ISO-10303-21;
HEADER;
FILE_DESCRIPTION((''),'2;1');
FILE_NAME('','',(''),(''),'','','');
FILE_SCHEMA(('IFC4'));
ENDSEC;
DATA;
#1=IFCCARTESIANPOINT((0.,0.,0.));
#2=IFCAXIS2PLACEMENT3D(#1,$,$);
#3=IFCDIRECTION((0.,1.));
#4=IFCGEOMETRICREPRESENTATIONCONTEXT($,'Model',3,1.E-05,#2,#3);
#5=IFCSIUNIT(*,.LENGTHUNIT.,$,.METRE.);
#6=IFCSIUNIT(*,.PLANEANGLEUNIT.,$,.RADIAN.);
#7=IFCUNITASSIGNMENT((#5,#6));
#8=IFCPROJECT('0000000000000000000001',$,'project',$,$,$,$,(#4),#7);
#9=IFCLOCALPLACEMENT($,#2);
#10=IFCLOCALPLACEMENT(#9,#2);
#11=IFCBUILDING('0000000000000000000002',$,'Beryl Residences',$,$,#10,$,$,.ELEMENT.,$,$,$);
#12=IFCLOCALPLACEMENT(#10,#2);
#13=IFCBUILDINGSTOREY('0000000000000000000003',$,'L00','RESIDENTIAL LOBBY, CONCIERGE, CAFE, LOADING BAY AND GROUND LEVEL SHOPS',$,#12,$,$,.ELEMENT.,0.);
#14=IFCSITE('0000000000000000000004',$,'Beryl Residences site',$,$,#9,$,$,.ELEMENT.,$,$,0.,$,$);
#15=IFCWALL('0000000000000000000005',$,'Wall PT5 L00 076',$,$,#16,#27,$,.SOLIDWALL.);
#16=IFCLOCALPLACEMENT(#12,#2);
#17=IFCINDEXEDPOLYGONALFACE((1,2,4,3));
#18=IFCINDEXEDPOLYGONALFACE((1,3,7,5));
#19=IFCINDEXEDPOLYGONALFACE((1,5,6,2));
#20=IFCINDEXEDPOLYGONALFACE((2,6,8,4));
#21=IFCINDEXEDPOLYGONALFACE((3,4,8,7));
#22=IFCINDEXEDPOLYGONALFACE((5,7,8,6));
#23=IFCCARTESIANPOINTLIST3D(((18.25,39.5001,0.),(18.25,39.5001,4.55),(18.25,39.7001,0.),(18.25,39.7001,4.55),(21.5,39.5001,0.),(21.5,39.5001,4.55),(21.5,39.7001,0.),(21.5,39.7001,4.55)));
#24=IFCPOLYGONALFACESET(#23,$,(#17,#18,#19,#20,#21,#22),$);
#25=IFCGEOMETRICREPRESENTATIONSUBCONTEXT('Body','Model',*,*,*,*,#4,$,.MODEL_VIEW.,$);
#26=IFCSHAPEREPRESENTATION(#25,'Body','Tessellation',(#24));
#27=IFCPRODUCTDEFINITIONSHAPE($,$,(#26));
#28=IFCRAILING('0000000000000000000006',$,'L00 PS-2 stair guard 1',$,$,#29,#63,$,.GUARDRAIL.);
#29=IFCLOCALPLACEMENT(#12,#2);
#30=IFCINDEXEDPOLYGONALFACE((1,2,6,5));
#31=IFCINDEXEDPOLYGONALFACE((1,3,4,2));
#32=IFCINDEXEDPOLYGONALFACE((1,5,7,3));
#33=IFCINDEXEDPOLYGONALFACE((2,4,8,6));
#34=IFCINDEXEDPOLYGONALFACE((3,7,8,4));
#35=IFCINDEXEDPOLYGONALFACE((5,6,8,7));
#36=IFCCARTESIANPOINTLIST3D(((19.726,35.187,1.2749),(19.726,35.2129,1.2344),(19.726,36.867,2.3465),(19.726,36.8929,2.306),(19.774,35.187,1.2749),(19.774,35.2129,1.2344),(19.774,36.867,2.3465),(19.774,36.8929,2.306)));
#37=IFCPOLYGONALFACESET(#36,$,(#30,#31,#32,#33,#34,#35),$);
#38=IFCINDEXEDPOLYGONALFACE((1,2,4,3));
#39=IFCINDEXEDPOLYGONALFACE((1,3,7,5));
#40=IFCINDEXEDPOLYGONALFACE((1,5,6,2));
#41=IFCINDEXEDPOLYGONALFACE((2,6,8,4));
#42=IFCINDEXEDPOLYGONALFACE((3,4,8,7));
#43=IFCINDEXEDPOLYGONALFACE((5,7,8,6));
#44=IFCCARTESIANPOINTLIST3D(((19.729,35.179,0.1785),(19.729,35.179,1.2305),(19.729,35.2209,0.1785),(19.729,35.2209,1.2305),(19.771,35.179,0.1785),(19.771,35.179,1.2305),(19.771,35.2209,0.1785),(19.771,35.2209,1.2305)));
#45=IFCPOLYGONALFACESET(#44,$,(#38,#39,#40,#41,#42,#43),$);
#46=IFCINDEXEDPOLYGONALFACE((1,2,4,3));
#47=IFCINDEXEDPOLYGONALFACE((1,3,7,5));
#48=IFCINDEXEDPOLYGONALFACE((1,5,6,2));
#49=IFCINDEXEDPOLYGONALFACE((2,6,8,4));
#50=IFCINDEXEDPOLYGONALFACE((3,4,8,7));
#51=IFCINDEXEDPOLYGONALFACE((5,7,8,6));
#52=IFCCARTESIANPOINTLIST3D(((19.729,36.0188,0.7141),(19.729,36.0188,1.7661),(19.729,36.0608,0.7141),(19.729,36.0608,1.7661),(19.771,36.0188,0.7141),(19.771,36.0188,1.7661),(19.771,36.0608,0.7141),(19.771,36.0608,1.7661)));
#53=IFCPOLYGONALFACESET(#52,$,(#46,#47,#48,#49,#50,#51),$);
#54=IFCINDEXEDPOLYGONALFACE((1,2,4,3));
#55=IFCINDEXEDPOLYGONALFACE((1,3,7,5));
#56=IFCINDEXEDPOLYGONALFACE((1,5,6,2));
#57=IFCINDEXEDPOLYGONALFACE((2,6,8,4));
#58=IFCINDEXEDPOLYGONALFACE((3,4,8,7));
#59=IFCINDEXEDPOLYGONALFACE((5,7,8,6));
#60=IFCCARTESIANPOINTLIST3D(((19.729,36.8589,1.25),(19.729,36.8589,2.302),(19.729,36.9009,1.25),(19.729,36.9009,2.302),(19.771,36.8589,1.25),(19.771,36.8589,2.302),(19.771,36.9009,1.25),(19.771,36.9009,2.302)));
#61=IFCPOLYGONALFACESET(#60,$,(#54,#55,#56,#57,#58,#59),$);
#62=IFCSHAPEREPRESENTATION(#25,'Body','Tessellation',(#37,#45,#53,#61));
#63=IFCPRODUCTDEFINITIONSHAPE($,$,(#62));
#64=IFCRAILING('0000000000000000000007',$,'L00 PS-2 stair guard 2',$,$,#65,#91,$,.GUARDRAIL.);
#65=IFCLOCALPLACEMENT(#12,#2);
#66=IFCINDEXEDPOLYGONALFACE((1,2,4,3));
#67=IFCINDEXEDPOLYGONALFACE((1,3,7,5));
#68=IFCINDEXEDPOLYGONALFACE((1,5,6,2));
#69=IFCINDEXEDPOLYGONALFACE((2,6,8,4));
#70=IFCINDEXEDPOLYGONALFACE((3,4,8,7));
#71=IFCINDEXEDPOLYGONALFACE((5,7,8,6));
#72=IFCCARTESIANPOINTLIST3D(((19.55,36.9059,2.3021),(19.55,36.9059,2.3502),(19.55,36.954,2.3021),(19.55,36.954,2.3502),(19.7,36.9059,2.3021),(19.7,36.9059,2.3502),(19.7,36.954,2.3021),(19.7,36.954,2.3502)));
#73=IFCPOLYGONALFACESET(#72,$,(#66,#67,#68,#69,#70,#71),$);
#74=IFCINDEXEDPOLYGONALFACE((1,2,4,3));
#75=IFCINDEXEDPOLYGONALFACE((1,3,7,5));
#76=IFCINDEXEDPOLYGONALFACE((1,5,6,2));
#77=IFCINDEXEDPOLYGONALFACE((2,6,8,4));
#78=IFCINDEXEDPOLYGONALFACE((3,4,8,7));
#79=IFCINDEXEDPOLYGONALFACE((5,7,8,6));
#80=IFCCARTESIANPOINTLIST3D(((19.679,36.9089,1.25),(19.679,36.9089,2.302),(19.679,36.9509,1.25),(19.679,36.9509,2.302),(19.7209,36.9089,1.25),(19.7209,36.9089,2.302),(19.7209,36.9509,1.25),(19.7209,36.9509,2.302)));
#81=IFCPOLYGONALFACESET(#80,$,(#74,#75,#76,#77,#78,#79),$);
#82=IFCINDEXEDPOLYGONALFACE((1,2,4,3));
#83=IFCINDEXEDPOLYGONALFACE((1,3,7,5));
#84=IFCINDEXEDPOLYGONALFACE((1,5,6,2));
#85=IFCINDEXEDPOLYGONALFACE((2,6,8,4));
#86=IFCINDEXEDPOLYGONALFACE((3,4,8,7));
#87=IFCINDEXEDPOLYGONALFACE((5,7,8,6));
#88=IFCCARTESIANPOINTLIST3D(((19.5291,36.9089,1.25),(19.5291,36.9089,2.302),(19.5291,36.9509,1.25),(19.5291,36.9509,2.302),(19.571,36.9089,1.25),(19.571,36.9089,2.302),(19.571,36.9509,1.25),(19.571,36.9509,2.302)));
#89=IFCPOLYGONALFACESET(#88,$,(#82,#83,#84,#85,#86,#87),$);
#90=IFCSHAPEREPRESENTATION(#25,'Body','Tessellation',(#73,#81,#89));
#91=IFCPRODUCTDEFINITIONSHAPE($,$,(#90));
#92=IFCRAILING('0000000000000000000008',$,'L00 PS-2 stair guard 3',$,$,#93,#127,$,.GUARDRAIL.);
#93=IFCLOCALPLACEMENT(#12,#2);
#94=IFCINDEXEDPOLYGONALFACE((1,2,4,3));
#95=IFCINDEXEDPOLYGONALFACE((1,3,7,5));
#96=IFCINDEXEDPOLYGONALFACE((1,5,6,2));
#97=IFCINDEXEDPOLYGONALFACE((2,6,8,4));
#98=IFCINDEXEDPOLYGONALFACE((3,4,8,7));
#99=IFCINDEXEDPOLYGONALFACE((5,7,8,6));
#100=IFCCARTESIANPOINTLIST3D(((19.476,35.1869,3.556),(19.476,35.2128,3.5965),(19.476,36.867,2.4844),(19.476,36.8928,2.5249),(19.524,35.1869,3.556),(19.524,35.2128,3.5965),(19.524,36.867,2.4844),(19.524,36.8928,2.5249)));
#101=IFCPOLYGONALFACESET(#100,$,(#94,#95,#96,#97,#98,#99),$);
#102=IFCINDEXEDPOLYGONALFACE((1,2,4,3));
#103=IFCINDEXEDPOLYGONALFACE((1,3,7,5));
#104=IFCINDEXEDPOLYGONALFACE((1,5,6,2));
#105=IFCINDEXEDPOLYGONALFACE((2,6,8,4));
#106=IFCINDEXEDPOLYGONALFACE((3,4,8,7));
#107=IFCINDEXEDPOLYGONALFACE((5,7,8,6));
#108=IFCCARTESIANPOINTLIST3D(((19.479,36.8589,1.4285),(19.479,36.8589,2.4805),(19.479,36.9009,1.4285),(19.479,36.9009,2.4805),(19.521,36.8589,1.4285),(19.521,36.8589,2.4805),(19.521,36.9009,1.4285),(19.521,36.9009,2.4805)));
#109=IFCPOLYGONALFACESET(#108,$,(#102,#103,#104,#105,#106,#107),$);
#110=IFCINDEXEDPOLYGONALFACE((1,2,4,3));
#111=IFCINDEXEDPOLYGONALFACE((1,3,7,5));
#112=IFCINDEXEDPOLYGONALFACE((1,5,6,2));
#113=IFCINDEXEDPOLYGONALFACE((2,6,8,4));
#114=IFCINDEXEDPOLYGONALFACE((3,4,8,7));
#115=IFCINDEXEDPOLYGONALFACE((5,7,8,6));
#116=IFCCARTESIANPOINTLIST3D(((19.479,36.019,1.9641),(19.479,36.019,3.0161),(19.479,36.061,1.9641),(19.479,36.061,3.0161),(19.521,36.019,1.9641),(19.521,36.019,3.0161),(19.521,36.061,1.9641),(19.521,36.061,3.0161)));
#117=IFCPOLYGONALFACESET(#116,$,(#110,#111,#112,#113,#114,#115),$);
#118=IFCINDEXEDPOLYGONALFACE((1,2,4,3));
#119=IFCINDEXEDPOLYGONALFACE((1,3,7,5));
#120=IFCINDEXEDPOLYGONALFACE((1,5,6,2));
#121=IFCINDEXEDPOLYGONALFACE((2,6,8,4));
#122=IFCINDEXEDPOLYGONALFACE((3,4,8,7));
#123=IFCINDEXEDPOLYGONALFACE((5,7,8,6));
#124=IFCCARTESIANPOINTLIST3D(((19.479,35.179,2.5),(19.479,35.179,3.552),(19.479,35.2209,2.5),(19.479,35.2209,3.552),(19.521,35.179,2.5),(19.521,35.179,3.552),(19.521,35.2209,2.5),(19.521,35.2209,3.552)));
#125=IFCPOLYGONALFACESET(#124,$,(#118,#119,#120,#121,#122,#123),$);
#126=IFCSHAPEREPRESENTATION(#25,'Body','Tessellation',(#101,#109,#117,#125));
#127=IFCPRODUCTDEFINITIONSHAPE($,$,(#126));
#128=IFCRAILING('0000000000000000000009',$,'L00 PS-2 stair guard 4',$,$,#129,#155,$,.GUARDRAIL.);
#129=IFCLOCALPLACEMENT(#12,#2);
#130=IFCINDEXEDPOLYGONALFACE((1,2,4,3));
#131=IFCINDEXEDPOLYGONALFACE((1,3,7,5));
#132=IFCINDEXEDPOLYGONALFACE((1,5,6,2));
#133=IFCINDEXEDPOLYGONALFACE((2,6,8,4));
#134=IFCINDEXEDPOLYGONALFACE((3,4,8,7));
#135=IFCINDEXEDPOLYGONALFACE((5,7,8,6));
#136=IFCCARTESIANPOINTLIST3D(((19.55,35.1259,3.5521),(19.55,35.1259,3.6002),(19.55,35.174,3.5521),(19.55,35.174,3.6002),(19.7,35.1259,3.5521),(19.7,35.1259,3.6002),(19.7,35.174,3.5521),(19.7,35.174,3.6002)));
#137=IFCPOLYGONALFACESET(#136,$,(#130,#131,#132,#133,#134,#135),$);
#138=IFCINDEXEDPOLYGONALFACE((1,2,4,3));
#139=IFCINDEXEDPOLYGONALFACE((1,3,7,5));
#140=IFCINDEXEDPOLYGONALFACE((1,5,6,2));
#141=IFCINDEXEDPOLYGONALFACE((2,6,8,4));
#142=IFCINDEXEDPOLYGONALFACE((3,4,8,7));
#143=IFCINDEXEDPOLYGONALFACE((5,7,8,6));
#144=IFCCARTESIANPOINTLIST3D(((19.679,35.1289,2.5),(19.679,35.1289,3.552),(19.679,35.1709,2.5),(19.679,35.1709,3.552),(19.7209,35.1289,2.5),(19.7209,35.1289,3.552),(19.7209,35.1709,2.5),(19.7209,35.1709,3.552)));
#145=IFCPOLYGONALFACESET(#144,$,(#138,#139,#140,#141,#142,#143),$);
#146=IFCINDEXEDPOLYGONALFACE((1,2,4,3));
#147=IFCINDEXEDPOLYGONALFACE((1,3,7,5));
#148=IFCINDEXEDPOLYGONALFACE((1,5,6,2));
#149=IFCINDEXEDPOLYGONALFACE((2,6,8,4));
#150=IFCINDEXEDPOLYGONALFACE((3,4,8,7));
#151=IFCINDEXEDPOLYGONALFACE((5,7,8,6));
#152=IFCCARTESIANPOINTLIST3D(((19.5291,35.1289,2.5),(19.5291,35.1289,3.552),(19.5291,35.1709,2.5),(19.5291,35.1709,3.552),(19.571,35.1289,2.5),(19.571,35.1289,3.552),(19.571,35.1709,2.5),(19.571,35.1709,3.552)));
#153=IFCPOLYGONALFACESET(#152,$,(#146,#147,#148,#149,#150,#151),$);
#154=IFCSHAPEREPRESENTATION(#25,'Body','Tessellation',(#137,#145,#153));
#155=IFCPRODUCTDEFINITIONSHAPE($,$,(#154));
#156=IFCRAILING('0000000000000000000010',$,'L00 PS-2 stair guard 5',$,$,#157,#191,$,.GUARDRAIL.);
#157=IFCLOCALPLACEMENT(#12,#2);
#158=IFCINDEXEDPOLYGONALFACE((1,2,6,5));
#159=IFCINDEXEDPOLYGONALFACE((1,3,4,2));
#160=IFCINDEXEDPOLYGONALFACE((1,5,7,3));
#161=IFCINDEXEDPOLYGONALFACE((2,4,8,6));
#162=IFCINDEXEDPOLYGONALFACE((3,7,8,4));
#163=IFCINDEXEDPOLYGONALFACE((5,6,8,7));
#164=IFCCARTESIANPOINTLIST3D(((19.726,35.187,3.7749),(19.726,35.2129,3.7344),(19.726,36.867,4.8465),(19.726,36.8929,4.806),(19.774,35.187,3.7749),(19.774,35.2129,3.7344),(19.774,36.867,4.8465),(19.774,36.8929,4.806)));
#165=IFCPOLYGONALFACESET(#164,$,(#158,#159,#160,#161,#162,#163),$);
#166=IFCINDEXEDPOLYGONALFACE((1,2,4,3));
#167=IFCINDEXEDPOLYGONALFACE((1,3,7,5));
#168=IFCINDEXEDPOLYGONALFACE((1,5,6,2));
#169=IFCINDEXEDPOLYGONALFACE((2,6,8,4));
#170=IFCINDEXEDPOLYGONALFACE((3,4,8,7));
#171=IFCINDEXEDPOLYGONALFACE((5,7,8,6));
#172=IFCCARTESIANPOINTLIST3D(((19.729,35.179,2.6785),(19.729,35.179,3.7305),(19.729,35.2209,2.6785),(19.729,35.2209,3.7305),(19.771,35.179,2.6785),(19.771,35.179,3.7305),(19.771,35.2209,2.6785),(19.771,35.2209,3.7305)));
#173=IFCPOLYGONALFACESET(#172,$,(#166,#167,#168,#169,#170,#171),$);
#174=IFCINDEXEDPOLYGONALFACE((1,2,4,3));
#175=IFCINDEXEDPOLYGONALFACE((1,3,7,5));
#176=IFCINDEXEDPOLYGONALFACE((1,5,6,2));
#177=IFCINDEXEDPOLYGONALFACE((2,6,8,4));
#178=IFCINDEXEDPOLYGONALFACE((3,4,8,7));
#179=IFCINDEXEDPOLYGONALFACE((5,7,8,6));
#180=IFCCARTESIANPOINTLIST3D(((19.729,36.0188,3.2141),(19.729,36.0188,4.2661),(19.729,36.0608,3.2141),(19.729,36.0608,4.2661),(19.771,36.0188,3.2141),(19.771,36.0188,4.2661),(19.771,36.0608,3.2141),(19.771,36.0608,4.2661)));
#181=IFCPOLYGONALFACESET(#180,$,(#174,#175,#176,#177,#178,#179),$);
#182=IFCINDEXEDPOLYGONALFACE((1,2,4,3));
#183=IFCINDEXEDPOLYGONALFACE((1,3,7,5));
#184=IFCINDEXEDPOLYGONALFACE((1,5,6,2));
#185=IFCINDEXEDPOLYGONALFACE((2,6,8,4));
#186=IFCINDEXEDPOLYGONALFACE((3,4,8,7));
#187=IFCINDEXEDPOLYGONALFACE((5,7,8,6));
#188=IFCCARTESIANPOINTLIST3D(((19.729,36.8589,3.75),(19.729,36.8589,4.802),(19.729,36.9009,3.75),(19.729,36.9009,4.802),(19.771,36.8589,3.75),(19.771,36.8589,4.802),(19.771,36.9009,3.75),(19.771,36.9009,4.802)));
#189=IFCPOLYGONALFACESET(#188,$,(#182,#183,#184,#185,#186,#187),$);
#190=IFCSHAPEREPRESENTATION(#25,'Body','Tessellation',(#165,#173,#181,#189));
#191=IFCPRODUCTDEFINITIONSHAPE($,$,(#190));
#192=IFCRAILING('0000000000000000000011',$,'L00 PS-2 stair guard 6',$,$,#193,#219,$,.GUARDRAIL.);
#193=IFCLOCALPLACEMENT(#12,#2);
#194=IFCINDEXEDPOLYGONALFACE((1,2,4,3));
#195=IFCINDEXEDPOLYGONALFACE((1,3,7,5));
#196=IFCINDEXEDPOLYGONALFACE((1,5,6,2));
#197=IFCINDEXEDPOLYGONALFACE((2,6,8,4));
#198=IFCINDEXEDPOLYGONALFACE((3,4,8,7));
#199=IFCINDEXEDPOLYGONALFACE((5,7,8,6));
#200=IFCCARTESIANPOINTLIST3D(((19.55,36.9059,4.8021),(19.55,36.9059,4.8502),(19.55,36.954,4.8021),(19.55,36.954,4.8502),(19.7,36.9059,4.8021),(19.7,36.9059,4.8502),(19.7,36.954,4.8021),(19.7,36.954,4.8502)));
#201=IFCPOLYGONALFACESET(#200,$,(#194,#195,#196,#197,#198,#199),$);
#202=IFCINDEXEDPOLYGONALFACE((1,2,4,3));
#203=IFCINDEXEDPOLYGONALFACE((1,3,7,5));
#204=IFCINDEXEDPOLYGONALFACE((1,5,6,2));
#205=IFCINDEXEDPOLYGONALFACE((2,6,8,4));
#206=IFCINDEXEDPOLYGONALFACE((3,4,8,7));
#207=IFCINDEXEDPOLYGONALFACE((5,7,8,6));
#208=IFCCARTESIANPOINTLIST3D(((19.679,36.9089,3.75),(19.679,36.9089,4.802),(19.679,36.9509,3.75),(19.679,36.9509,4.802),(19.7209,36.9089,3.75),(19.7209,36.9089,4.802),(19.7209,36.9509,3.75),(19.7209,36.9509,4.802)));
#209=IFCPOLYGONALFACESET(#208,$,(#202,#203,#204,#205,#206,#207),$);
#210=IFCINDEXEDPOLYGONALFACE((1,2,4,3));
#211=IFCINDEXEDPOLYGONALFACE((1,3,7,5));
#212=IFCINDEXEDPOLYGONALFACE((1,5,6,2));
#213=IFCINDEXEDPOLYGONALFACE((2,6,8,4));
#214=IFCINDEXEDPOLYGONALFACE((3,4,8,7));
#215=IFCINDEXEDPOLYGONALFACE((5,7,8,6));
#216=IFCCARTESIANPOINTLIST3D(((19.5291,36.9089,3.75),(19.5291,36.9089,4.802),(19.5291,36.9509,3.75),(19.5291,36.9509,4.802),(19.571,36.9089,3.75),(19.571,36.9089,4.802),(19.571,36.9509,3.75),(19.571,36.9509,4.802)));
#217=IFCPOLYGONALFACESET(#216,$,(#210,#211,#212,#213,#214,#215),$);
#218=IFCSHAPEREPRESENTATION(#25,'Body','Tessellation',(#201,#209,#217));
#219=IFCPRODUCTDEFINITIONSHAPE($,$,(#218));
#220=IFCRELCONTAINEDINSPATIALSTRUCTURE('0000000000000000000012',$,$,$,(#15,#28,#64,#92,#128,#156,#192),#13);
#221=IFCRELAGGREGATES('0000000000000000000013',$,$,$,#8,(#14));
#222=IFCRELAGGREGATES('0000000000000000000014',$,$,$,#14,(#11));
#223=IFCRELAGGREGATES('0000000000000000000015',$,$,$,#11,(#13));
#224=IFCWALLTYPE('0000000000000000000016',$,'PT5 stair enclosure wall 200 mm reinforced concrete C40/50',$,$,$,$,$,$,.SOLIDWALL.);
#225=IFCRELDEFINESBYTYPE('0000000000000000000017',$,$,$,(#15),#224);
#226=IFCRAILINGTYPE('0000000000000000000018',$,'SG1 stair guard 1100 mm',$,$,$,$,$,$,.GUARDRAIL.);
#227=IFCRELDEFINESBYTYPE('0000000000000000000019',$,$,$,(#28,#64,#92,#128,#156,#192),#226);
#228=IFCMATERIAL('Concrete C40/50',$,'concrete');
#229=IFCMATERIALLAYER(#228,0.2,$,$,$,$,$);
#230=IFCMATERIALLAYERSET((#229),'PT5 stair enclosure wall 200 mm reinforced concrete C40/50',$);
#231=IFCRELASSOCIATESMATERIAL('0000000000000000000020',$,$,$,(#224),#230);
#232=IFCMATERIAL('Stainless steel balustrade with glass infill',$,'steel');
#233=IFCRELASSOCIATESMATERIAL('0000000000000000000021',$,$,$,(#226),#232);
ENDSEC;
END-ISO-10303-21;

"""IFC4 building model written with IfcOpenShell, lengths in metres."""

from ifc_helpers import new_model, si_unit, direction, frame, frame_2d, origin, origin_2d, place, context, subcontext, project, spatial, rectangle, extrude, material, layer, layer_set, type_object, element, save


model = new_model("IFC4")

# Units and contexts
model_context = context("Model", 3, precision=1e-05, world=origin(), true_north=direction((0.0, 1.0)))
body_context = subcontext(model_context, "Body", "Model", "MODEL_VIEW")
ifc_project = project(units=[si_unit("LENGTHUNIT", "METRE"), si_unit("PLANEANGLEUNIT", "RADIAN")], contexts=[model_context])

# Site, building, storey
site_placement = place(None, origin())
site = spatial("IfcSite", under=ifc_project, at=site_placement, Name="Beryl Residences site", CompositionType="ELEMENT", RefElevation=0.0)
building_placement = place(site_placement, origin())
building = spatial("IfcBuilding", under=site, at=building_placement, Name="Beryl Residences", CompositionType="ELEMENT")
storey_placement = place(building_placement, origin())
storey = spatial("IfcBuildingStorey", under=building, at=storey_placement, Name="L00", Description="RESIDENTIAL LOBBY, CONCIERGE, CAFE, LOADING BAY AND GROUND LEVEL SHOPS", CompositionType="ELEMENT", Elevation=0.0)

# Shared definitions
ifc_material_1 = material(Name="Concrete C40/50", Category="concrete")
ifc_layer_1 = layer(ifc_material_1, 0.2)
ifc_layer_set_1 = layer_set([ifc_layer_1], Name="PT5 stair enclosure wall 200 mm reinforced concrete C40/50")
wall_type_1 = type_object("IfcWallType", Name="PT5 stair enclosure wall 200 mm reinforced concrete C40/50", PredefinedType="SOLIDWALL", material=ifc_layer_set_1)

# Wall
wall_1_placement = place(storey_placement, frame((18.25, 39.6001, 0.0), z_axis=(0.0, 0.0, 1.0), x_axis=(1.0, 0.0, 0.0)))
element("IfcWall", 1, at=wall_1_placement, inside=storey, type_object=wall_type_1, Name="Wall PT5 L00 076", PredefinedType="SOLIDWALL", context=body_context, shape_type="SweptSolid", body=[
    extrude(rectangle(XDim=3.25, YDim=0.2, at=frame_2d((1.625, 0.0))), origin(), (0.0, 0.0, 1.0), 4.55),
])

# Railings
ifc_material_2 = material(Name="Stainless steel balustrade with glass infill", Category="steel")
railing_type_1 = type_object("IfcRailingType", Name="SG1 stair guard 1100 mm", PredefinedType="GUARDRAIL", material=ifc_material_2)
railing_1_placement = place(storey_placement, frame((19.75, 35.2, 0.1785)))
element("IfcRailing", 2, at=railing_1_placement, inside=storey, type_object=railing_type_1, Name="L00 PS-2 stair guard 1", PredefinedType="GUARDRAIL", context=body_context, shape_type="SweptSolid", body=[
    extrude(rectangle(XDim=0.0481, YDim=0.0481, at=origin_2d()), frame((0.0, 0.0, 1.0762), z_axis=(0.0, 0.843096, 0.537763), x_axis=(-1.0, 0.0, 0.0)), (0.0, 0.0, 1.0), 1.9927),
    extrude(rectangle(XDim=0.042, YDim=0.042, at=origin_2d()), origin(), (0.0, 0.0, 1.0), 1.052),
    extrude(rectangle(XDim=0.042, YDim=0.042, at=origin_2d()), frame((0.0, 0.8398, 0.5356)), (0.0, 0.0, 1.0), 1.052),
    extrude(rectangle(XDim=0.042, YDim=0.042, at=origin_2d()), frame((0.0, 1.6799, 1.0715)), (0.0, 0.0, 1.0), 1.052),
])
railing_2_placement = place(storey_placement, frame((19.7, 36.9299, 1.25)))
element("IfcRailing", 3, at=railing_2_placement, inside=storey, type_object=railing_type_1, Name="L00 PS-2 stair guard 2", PredefinedType="GUARDRAIL", context=body_context, shape_type="SweptSolid", body=[
    extrude(rectangle(XDim=0.0481, YDim=0.0481, at=origin_2d()), frame((0.0, 0.0, 1.0762), z_axis=(-1.0, 0.0, 0.0), x_axis=(0.0, -1.0, 0.0)), (0.0, 0.0, 1.0), 0.1499),
    extrude(rectangle(XDim=0.042, YDim=0.042, at=origin_2d()), origin(), (0.0, 0.0, 1.0), 1.052),
    extrude(rectangle(XDim=0.042, YDim=0.042, at=origin_2d()), frame((-0.1499, 0.0, 0.0)), (0.0, 0.0, 1.0), 1.052),
])
railing_3_placement = place(storey_placement, frame((19.5, 36.8799, 1.4285)))
element("IfcRailing", 4, at=railing_3_placement, inside=storey, type_object=railing_type_1, Name="L00 PS-2 stair guard 3", PredefinedType="GUARDRAIL", context=body_context, shape_type="SweptSolid", body=[
    extrude(rectangle(XDim=0.0481, YDim=0.0481, at=origin_2d()), frame((0.0, 0.0, 1.0762), z_axis=(0.0, -0.843096, 0.537763), x_axis=(1.0, 0.0, 0.0)), (0.0, 0.0, 1.0), 1.9927),
    extrude(rectangle(XDim=0.042, YDim=0.042, at=origin_2d()), origin(), (0.0, 0.0, 1.0), 1.052),
    extrude(rectangle(XDim=0.042, YDim=0.042, at=origin_2d()), frame((0.0, -0.8398, 0.5356)), (0.0, 0.0, 1.0), 1.052),
    extrude(rectangle(XDim=0.042, YDim=0.042, at=origin_2d()), frame((0.0, -1.6799, 1.0715)), (0.0, 0.0, 1.0), 1.052),
])
railing_4_placement = place(storey_placement, frame((19.7, 35.1499, 2.5)))
element("IfcRailing", 5, at=railing_4_placement, inside=storey, type_object=railing_type_1, Name="L00 PS-2 stair guard 4", PredefinedType="GUARDRAIL", context=body_context, shape_type="SweptSolid", body=[
    extrude(rectangle(XDim=0.0481, YDim=0.0481, at=origin_2d()), frame((0.0, 0.0, 1.0762), z_axis=(-1.0, 0.0, 0.0), x_axis=(0.0, -1.0, 0.0)), (0.0, 0.0, 1.0), 0.1499),
    extrude(rectangle(XDim=0.042, YDim=0.042, at=origin_2d()), origin(), (0.0, 0.0, 1.0), 1.052),
    extrude(rectangle(XDim=0.042, YDim=0.042, at=origin_2d()), frame((-0.1499, 0.0, 0.0)), (0.0, 0.0, 1.0), 1.052),
])
railing_5_placement = place(storey_placement, frame((19.75, 35.2, 2.6785)))
element("IfcRailing", 6, at=railing_5_placement, inside=storey, type_object=railing_type_1, Name="L00 PS-2 stair guard 5", PredefinedType="GUARDRAIL", context=body_context, shape_type="SweptSolid", body=[
    extrude(rectangle(XDim=0.0481, YDim=0.0481, at=origin_2d()), frame((0.0, 0.0, 1.0762), z_axis=(0.0, 0.843096, 0.537763), x_axis=(-1.0, 0.0, 0.0)), (0.0, 0.0, 1.0), 1.9927),
    extrude(rectangle(XDim=0.042, YDim=0.042, at=origin_2d()), origin(), (0.0, 0.0, 1.0), 1.052),
    extrude(rectangle(XDim=0.042, YDim=0.042, at=origin_2d()), frame((0.0, 0.8398, 0.5356)), (0.0, 0.0, 1.0), 1.052),
    extrude(rectangle(XDim=0.042, YDim=0.042, at=origin_2d()), frame((0.0, 1.6799, 1.0715)), (0.0, 0.0, 1.0), 1.052),
])
railing_6_placement = place(storey_placement, frame((19.7, 36.9299, 3.75)))
element("IfcRailing", 7, at=railing_6_placement, inside=storey, type_object=railing_type_1, Name="L00 PS-2 stair guard 6", PredefinedType="GUARDRAIL", context=body_context, shape_type="SweptSolid", body=[
    extrude(rectangle(XDim=0.0481, YDim=0.0481, at=origin_2d()), frame((0.0, 0.0, 1.0762), z_axis=(-1.0, 0.0, 0.0), x_axis=(0.0, -1.0, 0.0)), (0.0, 0.0, 1.0), 0.1499),
    extrude(rectangle(XDim=0.042, YDim=0.042, at=origin_2d()), origin(), (0.0, 0.0, 1.0), 1.052),
    extrude(rectangle(XDim=0.042, YDim=0.042, at=origin_2d()), frame((-0.1499, 0.0, 0.0)), (0.0, 0.0, 1.0), 1.052),
])

save(model, "model.ifc")
